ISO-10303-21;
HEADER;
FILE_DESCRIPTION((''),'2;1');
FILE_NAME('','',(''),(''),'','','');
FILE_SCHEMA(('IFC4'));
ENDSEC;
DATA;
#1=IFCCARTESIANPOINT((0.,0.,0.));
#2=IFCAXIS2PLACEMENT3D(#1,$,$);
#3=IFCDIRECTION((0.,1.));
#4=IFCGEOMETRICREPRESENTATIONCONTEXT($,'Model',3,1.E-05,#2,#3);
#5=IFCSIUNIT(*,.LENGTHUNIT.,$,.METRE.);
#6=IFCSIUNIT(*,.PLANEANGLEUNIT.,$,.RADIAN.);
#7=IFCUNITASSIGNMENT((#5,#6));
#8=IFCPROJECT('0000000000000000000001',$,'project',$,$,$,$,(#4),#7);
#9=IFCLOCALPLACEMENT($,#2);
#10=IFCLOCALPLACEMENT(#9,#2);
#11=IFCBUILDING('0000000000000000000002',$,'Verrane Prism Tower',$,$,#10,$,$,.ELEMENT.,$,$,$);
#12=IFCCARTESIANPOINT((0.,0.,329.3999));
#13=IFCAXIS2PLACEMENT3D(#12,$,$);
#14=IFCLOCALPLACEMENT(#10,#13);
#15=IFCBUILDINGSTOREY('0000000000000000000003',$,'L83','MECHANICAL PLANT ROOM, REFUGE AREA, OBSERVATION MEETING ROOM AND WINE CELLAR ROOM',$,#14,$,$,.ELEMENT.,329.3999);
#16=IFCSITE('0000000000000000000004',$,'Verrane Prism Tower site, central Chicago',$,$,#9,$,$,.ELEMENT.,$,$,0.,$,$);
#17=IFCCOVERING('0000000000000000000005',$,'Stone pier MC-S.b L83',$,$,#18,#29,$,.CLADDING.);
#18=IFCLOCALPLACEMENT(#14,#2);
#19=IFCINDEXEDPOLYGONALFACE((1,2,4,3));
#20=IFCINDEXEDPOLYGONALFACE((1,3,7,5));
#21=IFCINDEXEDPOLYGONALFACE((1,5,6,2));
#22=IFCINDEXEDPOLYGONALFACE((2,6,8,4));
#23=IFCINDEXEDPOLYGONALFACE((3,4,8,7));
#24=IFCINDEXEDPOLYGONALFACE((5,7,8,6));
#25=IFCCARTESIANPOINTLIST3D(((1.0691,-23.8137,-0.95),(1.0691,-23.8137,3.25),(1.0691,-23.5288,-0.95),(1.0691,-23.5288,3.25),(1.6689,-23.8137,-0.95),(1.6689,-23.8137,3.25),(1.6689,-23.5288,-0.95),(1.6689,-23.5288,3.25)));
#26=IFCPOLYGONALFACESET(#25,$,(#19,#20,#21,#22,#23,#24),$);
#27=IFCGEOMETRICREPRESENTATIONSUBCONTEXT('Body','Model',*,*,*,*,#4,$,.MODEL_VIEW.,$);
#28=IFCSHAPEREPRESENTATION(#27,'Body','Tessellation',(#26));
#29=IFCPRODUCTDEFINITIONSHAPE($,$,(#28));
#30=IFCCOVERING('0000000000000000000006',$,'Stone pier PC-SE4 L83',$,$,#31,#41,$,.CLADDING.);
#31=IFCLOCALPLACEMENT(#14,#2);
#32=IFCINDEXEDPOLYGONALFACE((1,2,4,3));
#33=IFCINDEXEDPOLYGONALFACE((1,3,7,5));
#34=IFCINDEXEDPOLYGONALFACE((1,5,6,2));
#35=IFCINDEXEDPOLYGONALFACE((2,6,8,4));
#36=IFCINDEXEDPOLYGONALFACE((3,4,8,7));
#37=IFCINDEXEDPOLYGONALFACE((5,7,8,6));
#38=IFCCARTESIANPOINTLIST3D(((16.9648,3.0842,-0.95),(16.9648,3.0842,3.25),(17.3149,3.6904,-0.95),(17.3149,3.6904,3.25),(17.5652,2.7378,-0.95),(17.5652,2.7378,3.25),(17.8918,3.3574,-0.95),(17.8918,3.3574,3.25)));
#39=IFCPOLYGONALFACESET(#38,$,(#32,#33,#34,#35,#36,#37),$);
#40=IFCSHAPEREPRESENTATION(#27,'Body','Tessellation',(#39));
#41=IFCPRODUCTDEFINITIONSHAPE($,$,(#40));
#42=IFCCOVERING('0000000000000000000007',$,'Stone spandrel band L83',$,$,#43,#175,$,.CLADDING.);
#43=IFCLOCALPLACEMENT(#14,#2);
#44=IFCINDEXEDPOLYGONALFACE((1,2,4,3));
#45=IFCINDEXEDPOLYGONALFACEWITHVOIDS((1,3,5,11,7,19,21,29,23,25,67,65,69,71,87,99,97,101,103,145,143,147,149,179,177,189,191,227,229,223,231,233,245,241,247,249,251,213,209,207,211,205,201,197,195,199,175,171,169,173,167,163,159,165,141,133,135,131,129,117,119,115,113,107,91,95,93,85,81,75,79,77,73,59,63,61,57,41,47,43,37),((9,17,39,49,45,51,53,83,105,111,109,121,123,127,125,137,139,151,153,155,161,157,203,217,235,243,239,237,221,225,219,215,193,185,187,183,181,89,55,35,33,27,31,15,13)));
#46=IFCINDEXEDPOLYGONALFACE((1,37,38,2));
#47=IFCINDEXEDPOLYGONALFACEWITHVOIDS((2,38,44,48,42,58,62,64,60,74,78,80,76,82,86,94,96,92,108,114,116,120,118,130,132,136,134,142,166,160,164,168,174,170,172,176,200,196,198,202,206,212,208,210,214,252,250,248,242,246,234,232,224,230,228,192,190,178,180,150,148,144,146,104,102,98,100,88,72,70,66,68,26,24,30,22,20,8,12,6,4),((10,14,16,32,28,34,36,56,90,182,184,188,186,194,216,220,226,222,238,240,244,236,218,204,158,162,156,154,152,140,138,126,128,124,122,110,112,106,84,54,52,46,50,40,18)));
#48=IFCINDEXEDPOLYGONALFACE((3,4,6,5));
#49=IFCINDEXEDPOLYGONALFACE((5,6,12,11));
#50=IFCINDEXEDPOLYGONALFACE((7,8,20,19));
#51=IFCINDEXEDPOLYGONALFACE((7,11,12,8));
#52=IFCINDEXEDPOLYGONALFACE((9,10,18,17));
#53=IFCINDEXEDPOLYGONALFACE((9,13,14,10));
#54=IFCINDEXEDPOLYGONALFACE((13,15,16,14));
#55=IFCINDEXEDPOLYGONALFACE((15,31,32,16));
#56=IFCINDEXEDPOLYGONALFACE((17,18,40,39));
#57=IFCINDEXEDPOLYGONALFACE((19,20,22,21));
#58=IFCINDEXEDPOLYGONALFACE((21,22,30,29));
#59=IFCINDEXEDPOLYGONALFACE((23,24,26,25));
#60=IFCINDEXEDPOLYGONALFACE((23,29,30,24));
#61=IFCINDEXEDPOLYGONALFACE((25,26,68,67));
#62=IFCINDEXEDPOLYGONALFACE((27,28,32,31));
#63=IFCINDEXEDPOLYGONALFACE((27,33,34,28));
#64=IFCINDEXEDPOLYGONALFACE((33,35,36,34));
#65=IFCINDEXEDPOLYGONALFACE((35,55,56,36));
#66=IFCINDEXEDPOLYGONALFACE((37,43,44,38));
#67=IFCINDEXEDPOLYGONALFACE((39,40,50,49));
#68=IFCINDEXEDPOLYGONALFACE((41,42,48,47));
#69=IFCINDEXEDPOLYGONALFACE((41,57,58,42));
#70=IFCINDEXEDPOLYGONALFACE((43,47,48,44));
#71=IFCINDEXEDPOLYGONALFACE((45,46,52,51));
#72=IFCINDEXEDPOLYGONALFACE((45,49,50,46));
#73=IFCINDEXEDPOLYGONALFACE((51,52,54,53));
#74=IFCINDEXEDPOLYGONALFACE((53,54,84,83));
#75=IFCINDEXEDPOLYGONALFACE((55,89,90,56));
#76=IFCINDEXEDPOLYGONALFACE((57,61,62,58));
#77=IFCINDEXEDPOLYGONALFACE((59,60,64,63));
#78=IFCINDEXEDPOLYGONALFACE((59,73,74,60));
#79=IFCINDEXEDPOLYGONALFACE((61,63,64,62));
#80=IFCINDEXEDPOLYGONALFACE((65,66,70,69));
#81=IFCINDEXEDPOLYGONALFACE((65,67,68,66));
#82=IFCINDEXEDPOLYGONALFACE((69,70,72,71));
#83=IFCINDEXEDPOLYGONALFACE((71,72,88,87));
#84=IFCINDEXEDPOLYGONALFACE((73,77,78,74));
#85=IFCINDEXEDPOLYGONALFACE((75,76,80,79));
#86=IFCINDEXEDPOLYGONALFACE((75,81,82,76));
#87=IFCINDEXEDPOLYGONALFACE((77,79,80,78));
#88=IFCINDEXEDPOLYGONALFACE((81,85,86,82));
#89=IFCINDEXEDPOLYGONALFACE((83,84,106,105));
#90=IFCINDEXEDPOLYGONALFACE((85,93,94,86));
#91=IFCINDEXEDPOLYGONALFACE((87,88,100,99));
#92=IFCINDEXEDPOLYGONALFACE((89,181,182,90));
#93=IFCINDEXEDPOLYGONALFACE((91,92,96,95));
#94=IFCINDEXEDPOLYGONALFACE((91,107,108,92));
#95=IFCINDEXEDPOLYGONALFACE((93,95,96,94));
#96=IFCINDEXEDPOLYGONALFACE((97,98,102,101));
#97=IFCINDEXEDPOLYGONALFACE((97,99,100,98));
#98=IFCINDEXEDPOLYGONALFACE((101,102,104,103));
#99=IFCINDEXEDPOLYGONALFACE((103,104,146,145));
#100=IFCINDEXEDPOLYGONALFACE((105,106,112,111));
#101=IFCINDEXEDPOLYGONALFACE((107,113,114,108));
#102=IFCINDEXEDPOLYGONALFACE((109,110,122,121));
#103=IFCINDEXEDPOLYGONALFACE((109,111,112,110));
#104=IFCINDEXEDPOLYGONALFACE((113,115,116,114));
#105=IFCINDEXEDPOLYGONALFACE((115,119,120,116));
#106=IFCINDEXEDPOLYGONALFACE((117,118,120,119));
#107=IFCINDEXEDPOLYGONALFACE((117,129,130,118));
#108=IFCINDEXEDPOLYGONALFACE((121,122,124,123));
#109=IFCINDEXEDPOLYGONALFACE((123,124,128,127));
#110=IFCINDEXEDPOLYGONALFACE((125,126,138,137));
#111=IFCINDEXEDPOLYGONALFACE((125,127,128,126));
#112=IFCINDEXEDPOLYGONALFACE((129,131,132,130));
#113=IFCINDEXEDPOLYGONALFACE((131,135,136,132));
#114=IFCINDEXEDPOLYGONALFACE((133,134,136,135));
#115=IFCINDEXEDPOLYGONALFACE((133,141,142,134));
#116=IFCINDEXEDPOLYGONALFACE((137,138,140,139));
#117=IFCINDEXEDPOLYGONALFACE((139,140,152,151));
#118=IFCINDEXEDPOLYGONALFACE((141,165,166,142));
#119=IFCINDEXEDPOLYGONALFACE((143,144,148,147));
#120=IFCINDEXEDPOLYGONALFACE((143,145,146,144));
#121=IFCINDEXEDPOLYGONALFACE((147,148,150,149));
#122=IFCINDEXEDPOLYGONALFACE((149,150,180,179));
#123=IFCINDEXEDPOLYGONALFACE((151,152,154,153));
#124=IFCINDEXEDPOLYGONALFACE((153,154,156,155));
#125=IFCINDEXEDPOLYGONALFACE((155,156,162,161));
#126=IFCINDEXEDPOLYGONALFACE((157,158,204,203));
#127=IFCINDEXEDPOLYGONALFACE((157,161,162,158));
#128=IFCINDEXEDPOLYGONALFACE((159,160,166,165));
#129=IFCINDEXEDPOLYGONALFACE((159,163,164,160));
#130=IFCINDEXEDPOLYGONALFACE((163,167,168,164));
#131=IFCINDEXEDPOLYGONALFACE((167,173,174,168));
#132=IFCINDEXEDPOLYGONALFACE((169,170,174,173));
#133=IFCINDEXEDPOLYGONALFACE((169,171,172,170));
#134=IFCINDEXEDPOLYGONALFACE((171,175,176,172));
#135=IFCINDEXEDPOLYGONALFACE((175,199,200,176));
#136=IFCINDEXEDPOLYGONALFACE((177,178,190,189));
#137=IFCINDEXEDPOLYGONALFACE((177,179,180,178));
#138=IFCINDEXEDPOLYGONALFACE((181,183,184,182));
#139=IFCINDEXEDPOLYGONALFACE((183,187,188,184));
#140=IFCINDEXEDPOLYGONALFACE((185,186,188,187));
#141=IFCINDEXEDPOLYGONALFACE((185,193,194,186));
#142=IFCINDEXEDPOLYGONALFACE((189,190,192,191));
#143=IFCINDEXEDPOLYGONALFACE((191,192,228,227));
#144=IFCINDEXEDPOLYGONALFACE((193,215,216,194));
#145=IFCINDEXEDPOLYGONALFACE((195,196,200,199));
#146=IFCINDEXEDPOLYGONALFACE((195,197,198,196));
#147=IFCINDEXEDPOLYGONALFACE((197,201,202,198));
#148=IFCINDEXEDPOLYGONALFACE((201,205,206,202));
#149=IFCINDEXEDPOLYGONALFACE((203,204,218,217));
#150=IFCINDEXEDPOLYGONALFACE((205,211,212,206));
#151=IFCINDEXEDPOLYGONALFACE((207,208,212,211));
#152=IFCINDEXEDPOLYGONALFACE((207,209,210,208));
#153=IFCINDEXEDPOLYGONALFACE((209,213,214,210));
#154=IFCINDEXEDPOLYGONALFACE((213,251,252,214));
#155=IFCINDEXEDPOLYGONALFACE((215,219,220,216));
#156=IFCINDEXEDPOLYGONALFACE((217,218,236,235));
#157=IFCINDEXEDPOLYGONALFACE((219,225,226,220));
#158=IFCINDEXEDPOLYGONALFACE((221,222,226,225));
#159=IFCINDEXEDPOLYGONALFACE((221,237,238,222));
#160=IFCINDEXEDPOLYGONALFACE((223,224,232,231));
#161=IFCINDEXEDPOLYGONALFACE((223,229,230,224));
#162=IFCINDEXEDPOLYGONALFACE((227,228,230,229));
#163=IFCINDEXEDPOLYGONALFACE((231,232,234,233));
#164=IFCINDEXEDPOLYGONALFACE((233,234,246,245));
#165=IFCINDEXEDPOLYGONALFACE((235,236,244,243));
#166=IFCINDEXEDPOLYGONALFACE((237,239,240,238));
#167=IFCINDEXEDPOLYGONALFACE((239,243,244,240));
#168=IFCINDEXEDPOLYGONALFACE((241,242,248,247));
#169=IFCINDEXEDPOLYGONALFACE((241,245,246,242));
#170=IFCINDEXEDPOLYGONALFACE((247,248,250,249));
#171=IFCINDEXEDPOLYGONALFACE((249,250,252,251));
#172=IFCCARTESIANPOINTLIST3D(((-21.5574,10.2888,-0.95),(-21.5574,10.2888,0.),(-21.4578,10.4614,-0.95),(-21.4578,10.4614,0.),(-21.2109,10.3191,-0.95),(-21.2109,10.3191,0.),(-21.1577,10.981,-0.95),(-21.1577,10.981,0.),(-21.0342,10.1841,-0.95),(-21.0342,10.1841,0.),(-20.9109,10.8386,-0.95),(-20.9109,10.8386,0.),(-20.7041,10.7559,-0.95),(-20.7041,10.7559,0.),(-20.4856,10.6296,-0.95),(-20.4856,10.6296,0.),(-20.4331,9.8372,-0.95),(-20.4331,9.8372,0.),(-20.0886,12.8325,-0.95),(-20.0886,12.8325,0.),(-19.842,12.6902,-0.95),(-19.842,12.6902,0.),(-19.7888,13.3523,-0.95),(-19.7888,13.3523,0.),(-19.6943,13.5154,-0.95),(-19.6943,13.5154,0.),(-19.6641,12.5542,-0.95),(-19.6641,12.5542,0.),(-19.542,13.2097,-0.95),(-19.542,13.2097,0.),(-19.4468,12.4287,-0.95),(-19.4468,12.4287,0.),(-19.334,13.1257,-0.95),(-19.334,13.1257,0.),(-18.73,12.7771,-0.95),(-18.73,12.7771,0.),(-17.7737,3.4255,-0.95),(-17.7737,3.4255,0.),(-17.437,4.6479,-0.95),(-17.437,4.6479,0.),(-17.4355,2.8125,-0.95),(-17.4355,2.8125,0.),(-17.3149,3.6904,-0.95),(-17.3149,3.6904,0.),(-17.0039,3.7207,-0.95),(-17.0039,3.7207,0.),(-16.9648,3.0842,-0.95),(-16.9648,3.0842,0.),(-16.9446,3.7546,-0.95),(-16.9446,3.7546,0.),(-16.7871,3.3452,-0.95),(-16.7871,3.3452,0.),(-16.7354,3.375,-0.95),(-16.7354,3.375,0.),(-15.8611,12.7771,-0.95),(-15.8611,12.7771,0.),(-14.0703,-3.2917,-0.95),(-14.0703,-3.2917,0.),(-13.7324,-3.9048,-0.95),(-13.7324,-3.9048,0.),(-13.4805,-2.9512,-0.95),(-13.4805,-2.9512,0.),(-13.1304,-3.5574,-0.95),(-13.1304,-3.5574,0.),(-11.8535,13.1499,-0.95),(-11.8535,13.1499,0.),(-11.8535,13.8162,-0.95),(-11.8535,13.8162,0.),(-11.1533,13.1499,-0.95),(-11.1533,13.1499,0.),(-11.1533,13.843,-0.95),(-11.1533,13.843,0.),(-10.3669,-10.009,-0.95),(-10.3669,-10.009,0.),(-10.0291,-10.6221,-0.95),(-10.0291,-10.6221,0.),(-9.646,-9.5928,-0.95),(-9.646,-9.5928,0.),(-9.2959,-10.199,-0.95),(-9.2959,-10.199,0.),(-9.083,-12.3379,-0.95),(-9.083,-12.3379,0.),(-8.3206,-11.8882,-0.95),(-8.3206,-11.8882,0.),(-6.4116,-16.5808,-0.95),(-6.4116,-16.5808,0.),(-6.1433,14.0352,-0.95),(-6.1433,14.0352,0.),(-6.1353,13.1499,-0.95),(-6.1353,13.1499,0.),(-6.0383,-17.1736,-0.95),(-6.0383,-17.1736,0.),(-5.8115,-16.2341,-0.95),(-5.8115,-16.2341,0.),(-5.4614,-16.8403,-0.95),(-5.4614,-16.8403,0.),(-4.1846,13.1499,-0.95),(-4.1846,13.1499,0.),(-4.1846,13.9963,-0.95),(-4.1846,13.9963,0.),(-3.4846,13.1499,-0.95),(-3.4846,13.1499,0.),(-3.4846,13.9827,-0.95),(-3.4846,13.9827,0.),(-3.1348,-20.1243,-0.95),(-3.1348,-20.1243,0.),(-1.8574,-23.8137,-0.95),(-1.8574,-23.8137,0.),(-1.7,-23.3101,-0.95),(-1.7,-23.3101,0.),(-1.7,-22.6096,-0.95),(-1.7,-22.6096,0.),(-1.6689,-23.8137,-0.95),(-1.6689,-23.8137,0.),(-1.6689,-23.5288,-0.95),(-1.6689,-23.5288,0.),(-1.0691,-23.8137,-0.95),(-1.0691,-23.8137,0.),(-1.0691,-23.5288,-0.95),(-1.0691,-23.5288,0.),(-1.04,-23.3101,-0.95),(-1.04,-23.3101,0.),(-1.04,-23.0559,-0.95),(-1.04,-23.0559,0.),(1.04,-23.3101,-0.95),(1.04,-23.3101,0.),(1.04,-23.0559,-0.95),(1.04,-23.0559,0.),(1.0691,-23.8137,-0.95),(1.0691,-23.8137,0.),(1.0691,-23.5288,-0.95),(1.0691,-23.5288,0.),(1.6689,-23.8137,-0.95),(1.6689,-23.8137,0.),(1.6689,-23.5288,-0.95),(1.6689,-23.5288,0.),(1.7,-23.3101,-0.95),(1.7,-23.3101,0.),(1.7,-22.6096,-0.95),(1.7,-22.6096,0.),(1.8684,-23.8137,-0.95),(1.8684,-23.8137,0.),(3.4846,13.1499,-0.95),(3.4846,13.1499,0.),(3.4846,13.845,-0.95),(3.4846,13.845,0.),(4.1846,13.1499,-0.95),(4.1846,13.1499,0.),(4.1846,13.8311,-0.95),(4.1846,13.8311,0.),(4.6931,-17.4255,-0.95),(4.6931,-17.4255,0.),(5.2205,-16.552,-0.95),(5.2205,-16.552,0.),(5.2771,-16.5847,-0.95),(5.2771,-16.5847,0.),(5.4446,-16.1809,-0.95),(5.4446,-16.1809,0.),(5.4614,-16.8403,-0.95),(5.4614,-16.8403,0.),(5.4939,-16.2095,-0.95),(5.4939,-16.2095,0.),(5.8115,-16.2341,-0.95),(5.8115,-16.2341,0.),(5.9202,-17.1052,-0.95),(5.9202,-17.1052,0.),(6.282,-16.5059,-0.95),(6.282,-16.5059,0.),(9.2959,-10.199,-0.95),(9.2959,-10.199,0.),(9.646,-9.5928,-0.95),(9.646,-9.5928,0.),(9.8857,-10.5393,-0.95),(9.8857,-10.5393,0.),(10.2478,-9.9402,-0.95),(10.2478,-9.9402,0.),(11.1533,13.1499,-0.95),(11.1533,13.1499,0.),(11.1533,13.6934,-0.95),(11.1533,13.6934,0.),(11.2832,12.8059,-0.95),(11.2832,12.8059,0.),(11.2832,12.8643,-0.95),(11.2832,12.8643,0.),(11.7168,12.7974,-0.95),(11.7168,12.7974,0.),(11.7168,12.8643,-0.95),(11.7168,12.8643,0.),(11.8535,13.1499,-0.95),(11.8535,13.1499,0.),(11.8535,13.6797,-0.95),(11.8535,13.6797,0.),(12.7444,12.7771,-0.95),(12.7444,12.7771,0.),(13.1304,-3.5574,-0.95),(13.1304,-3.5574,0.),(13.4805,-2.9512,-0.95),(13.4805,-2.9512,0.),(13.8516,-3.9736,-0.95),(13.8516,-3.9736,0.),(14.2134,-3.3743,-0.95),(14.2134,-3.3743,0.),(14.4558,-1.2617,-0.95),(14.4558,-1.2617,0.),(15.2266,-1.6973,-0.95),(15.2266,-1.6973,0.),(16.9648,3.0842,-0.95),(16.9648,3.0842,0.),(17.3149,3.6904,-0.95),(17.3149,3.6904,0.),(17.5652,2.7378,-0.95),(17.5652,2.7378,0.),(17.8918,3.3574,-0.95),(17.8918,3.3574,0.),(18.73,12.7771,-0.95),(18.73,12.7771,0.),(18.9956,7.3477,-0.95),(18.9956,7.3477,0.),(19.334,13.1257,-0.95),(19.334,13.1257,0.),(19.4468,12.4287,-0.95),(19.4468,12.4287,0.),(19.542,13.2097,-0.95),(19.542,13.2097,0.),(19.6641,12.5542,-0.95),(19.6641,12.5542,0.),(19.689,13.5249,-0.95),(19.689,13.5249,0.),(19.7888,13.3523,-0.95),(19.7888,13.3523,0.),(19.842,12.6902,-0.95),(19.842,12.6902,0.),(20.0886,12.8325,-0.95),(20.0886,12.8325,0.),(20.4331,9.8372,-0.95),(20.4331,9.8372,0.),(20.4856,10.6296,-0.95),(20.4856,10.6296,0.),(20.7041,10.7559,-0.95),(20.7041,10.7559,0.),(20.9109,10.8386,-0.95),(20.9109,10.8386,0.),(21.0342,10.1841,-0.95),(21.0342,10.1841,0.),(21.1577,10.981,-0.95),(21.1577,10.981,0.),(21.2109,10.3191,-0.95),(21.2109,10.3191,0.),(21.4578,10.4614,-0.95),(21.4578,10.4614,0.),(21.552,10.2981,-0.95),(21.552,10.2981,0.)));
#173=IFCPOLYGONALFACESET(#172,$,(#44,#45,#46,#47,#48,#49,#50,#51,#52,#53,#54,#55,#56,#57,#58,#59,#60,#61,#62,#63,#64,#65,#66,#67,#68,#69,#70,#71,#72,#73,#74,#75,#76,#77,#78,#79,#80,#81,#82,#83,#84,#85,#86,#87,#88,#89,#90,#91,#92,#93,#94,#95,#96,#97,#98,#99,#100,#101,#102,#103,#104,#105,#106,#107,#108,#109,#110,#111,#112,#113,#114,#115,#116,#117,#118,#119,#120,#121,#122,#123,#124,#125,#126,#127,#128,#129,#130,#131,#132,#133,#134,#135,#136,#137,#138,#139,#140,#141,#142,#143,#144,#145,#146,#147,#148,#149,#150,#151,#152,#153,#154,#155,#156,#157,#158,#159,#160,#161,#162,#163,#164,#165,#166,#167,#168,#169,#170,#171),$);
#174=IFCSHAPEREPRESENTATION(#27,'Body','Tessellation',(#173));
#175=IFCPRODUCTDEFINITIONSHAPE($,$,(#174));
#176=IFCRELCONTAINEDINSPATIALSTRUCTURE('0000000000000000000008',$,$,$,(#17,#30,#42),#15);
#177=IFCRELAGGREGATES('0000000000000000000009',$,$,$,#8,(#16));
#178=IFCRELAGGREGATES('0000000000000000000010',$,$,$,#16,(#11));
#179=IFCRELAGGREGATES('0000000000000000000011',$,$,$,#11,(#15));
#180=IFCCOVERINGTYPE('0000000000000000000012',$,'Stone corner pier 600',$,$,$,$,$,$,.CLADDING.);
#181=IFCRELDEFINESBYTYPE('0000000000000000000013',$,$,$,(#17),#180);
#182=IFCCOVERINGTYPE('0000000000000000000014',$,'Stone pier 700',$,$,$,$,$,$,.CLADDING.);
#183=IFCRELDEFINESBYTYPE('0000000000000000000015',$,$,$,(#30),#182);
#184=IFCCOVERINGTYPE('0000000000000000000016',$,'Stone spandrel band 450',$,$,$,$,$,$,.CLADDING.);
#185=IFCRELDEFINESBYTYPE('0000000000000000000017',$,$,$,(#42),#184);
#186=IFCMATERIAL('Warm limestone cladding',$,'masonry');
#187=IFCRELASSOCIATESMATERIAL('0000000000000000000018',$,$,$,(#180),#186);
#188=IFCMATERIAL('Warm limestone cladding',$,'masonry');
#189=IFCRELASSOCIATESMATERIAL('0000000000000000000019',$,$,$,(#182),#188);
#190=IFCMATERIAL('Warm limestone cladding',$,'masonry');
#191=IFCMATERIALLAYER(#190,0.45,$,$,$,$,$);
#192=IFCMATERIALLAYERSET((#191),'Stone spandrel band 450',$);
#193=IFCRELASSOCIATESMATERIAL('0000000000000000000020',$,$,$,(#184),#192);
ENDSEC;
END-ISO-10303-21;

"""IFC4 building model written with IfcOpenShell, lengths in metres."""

from ifc_helpers import new_model, si_unit, direction, frame, origin, place, context, subcontext, project, spatial, polyline, outline, extrude, material, layer, layer_set, type_object, element, save


model = new_model("IFC4")

# Units and contexts
model_context = context("Model", 3, precision=1e-05, world=origin(), true_north=direction((0.0, 1.0)))
body_context = subcontext(model_context, "Body", "Model", "MODEL_VIEW")
ifc_project = project(units=[si_unit("LENGTHUNIT", "METRE"), si_unit("PLANEANGLEUNIT", "RADIAN")], contexts=[model_context])

# Site, building, storey
site_placement = place(None, origin())
site = spatial("IfcSite", under=ifc_project, at=site_placement, Name="Verrane Prism Tower site, central Chicago", CompositionType="ELEMENT", RefElevation=0.0)
building_placement = place(site_placement, origin())
building = spatial("IfcBuilding", under=site, at=building_placement, Name="Verrane Prism Tower", CompositionType="ELEMENT")
storey_placement = place(building_placement, frame((0.0, 0.0, 329.3999)))
storey = spatial("IfcBuildingStorey", under=building, at=storey_placement, Name="L83", Description="MECHANICAL PLANT ROOM, REFUGE AREA, OBSERVATION MEETING ROOM AND WINE CELLAR ROOM", CompositionType="ELEMENT", Elevation=329.3999)

# Coverings
ifc_material_1 = material(Name="Warm limestone cladding", Category="masonry")
covering_type_1 = type_object("IfcCoveringType", Name="Stone corner pier 600", PredefinedType="CLADDING", material=ifc_material_1)
covering_1_placement = place(storey_placement, frame((0.0, 0.0, -0.95)))
element("IfcCovering", 1, at=covering_1_placement, inside=storey, type_object=covering_type_1, Name="Stone pier MC-S.b L83", PredefinedType="CLADDING", context=body_context, shape_type="SweptSolid", body=[
    extrude(outline(polyline([(1.6689, -23.5288), (1.0691, -23.5288), (1.0691, -23.8137), (1.6689, -23.8137), (1.6689, -23.5288)])), origin(), (0.0, 0.0, 1.0), 4.2),
])
ifc_material_2 = material(Name="Warm limestone cladding", Category="masonry")
covering_type_2 = type_object("IfcCoveringType", Name="Stone pier 700", PredefinedType="CLADDING", material=ifc_material_2)
covering_2_placement = place(storey_placement, frame((0.0, 0.0, -0.95)))
element("IfcCovering", 2, at=covering_2_placement, inside=storey, type_object=covering_type_2, Name="Stone pier PC-SE4 L83", PredefinedType="CLADDING", context=body_context, shape_type="SweptSolid", body=[
    extrude(outline(polyline([(17.3149, 3.6904), (16.9648, 3.0842), (17.5652, 2.7378), (17.8918, 3.3574), (17.3149, 3.6904)])), origin(), (0.0, 0.0, 1.0), 4.2),
])
ifc_material_3 = material(Name="Warm limestone cladding", Category="masonry")
ifc_layer_1 = layer(ifc_material_3, 0.45)
ifc_layer_set_1 = layer_set([ifc_layer_1], Name="Stone spandrel band 450")
covering_type_3 = type_object("IfcCoveringType", Name="Stone spandrel band 450", PredefinedType="CLADDING", material=ifc_layer_set_1)
covering_3_placement = place(storey_placement, frame((0.0, 0.0, -0.95)))
element("IfcCovering", 3, at=covering_3_placement, inside=storey, type_object=covering_type_3, Name="Stone spandrel band L83", PredefinedType="CLADDING", context=body_context, shape_type="SweptSolid", body=[
    extrude(outline(polyline([(1.8684, -23.8137), (5.9202, -17.1052), (5.4614, -16.8403), (5.8115, -16.2341), (6.282, -16.5059), (9.8857, -10.5393), (9.2959, -10.199), (9.646, -9.5928), (10.2478, -9.9402), (13.8516, -3.9736), (13.1304, -3.5574), (13.4805, -2.9512), (14.2134, -3.3743), (15.2266, -1.6973), (17.5652, 2.7378), (16.9648, 3.0842), (17.3149, 3.6904), (17.8918, 3.3574), (21.552, 10.2981), (21.4578, 10.4614), (21.2109, 10.3191), (20.9109, 10.8386), (21.1577, 10.981), (20.0886, 12.8325), (19.842, 12.6902), (19.542, 13.2097), (19.7888, 13.3523), (19.689, 13.5249), (11.8535, 13.6797), (11.8535, 13.1499), (11.1533, 13.1499), (11.1533, 13.6934), (4.1846, 13.8311), (4.1846, 13.1499), (3.4846, 13.1499), (3.4846, 13.845), (-3.4846, 13.9827), (-3.4846, 13.1499), (-4.1846, 13.1499), (-4.1846, 13.9963), (-6.1433, 14.0352), (-11.1533, 13.843), (-11.1533, 13.1499), (-11.8535, 13.1499), (-11.8535, 13.8162), (-19.6943, 13.5154), (-19.7888, 13.3523), (-19.542, 13.2097), (-19.842, 12.6902), (-20.0886, 12.8325), (-21.1577, 10.981), (-20.9109, 10.8386), (-21.2109, 10.3191), (-21.4578, 10.4614), (-21.5574, 10.2888), (-17.7737, 3.4255), (-17.3149, 3.6904), (-16.9648, 3.0842), (-17.4355, 2.8125), (-14.0703, -3.2917), (-13.4805, -2.9512), (-13.1304, -3.5574), (-13.7324, -3.9048), (-10.3669, -10.009), (-9.646, -9.5928), (-9.2959, -10.199), (-10.0291, -10.6221), (-9.083, -12.3379), (-6.4116, -16.5808), (-5.8115, -16.2341), (-5.4614, -16.8403), (-6.0383, -17.1736), (-1.8574, -23.8137), (-1.6689, -23.8137), (-1.6689, -23.5288), (-1.0691, -23.5288), (-1.0691, -23.8137), (1.0691, -23.8137), (1.0691, -23.5288), (1.6689, -23.5288), (1.6689, -23.8137), (1.8684, -23.8137)]), holes=[polyline([(4.6931, -17.4255), (1.7, -22.6096), (1.7, -23.3101), (1.04, -23.3101), (1.04, -23.0559), (-1.04, -23.0559), (-1.04, -23.3101), (-1.7, -23.3101), (-1.7, -22.6096), (-3.1348, -20.1243), (-8.3206, -11.8882), (-16.7354, 3.375), (-16.7871, 3.3452), (-17.0039, 3.7207), (-16.9446, 3.7546), (-17.437, 4.6479), (-20.4331, 9.8372), (-21.0342, 10.1841), (-20.7041, 10.7559), (-20.4856, 10.6296), (-19.4468, 12.4287), (-19.6641, 12.5542), (-19.334, 13.1257), (-18.73, 12.7771), (-15.8611, 12.7771), (-6.1353, 13.1499), (11.2832, 12.8059), (11.2832, 12.8643), (11.7168, 12.8643), (11.7168, 12.7974), (12.7444, 12.7771), (18.73, 12.7771), (19.334, 13.1257), (19.6641, 12.5542), (19.4468, 12.4287), (20.4856, 10.6296), (20.7041, 10.7559), (21.0342, 10.1841), (20.4331, 9.8372), (18.9956, 7.3477), (14.4558, -1.2617), (5.4446, -16.1809), (5.4939, -16.2095), (5.2771, -16.5847), (5.2205, -16.552), (4.6931, -17.4255)])]), origin(), (0.0, 0.0, 1.0), 0.95),
])

save(model, "model.ifc")
